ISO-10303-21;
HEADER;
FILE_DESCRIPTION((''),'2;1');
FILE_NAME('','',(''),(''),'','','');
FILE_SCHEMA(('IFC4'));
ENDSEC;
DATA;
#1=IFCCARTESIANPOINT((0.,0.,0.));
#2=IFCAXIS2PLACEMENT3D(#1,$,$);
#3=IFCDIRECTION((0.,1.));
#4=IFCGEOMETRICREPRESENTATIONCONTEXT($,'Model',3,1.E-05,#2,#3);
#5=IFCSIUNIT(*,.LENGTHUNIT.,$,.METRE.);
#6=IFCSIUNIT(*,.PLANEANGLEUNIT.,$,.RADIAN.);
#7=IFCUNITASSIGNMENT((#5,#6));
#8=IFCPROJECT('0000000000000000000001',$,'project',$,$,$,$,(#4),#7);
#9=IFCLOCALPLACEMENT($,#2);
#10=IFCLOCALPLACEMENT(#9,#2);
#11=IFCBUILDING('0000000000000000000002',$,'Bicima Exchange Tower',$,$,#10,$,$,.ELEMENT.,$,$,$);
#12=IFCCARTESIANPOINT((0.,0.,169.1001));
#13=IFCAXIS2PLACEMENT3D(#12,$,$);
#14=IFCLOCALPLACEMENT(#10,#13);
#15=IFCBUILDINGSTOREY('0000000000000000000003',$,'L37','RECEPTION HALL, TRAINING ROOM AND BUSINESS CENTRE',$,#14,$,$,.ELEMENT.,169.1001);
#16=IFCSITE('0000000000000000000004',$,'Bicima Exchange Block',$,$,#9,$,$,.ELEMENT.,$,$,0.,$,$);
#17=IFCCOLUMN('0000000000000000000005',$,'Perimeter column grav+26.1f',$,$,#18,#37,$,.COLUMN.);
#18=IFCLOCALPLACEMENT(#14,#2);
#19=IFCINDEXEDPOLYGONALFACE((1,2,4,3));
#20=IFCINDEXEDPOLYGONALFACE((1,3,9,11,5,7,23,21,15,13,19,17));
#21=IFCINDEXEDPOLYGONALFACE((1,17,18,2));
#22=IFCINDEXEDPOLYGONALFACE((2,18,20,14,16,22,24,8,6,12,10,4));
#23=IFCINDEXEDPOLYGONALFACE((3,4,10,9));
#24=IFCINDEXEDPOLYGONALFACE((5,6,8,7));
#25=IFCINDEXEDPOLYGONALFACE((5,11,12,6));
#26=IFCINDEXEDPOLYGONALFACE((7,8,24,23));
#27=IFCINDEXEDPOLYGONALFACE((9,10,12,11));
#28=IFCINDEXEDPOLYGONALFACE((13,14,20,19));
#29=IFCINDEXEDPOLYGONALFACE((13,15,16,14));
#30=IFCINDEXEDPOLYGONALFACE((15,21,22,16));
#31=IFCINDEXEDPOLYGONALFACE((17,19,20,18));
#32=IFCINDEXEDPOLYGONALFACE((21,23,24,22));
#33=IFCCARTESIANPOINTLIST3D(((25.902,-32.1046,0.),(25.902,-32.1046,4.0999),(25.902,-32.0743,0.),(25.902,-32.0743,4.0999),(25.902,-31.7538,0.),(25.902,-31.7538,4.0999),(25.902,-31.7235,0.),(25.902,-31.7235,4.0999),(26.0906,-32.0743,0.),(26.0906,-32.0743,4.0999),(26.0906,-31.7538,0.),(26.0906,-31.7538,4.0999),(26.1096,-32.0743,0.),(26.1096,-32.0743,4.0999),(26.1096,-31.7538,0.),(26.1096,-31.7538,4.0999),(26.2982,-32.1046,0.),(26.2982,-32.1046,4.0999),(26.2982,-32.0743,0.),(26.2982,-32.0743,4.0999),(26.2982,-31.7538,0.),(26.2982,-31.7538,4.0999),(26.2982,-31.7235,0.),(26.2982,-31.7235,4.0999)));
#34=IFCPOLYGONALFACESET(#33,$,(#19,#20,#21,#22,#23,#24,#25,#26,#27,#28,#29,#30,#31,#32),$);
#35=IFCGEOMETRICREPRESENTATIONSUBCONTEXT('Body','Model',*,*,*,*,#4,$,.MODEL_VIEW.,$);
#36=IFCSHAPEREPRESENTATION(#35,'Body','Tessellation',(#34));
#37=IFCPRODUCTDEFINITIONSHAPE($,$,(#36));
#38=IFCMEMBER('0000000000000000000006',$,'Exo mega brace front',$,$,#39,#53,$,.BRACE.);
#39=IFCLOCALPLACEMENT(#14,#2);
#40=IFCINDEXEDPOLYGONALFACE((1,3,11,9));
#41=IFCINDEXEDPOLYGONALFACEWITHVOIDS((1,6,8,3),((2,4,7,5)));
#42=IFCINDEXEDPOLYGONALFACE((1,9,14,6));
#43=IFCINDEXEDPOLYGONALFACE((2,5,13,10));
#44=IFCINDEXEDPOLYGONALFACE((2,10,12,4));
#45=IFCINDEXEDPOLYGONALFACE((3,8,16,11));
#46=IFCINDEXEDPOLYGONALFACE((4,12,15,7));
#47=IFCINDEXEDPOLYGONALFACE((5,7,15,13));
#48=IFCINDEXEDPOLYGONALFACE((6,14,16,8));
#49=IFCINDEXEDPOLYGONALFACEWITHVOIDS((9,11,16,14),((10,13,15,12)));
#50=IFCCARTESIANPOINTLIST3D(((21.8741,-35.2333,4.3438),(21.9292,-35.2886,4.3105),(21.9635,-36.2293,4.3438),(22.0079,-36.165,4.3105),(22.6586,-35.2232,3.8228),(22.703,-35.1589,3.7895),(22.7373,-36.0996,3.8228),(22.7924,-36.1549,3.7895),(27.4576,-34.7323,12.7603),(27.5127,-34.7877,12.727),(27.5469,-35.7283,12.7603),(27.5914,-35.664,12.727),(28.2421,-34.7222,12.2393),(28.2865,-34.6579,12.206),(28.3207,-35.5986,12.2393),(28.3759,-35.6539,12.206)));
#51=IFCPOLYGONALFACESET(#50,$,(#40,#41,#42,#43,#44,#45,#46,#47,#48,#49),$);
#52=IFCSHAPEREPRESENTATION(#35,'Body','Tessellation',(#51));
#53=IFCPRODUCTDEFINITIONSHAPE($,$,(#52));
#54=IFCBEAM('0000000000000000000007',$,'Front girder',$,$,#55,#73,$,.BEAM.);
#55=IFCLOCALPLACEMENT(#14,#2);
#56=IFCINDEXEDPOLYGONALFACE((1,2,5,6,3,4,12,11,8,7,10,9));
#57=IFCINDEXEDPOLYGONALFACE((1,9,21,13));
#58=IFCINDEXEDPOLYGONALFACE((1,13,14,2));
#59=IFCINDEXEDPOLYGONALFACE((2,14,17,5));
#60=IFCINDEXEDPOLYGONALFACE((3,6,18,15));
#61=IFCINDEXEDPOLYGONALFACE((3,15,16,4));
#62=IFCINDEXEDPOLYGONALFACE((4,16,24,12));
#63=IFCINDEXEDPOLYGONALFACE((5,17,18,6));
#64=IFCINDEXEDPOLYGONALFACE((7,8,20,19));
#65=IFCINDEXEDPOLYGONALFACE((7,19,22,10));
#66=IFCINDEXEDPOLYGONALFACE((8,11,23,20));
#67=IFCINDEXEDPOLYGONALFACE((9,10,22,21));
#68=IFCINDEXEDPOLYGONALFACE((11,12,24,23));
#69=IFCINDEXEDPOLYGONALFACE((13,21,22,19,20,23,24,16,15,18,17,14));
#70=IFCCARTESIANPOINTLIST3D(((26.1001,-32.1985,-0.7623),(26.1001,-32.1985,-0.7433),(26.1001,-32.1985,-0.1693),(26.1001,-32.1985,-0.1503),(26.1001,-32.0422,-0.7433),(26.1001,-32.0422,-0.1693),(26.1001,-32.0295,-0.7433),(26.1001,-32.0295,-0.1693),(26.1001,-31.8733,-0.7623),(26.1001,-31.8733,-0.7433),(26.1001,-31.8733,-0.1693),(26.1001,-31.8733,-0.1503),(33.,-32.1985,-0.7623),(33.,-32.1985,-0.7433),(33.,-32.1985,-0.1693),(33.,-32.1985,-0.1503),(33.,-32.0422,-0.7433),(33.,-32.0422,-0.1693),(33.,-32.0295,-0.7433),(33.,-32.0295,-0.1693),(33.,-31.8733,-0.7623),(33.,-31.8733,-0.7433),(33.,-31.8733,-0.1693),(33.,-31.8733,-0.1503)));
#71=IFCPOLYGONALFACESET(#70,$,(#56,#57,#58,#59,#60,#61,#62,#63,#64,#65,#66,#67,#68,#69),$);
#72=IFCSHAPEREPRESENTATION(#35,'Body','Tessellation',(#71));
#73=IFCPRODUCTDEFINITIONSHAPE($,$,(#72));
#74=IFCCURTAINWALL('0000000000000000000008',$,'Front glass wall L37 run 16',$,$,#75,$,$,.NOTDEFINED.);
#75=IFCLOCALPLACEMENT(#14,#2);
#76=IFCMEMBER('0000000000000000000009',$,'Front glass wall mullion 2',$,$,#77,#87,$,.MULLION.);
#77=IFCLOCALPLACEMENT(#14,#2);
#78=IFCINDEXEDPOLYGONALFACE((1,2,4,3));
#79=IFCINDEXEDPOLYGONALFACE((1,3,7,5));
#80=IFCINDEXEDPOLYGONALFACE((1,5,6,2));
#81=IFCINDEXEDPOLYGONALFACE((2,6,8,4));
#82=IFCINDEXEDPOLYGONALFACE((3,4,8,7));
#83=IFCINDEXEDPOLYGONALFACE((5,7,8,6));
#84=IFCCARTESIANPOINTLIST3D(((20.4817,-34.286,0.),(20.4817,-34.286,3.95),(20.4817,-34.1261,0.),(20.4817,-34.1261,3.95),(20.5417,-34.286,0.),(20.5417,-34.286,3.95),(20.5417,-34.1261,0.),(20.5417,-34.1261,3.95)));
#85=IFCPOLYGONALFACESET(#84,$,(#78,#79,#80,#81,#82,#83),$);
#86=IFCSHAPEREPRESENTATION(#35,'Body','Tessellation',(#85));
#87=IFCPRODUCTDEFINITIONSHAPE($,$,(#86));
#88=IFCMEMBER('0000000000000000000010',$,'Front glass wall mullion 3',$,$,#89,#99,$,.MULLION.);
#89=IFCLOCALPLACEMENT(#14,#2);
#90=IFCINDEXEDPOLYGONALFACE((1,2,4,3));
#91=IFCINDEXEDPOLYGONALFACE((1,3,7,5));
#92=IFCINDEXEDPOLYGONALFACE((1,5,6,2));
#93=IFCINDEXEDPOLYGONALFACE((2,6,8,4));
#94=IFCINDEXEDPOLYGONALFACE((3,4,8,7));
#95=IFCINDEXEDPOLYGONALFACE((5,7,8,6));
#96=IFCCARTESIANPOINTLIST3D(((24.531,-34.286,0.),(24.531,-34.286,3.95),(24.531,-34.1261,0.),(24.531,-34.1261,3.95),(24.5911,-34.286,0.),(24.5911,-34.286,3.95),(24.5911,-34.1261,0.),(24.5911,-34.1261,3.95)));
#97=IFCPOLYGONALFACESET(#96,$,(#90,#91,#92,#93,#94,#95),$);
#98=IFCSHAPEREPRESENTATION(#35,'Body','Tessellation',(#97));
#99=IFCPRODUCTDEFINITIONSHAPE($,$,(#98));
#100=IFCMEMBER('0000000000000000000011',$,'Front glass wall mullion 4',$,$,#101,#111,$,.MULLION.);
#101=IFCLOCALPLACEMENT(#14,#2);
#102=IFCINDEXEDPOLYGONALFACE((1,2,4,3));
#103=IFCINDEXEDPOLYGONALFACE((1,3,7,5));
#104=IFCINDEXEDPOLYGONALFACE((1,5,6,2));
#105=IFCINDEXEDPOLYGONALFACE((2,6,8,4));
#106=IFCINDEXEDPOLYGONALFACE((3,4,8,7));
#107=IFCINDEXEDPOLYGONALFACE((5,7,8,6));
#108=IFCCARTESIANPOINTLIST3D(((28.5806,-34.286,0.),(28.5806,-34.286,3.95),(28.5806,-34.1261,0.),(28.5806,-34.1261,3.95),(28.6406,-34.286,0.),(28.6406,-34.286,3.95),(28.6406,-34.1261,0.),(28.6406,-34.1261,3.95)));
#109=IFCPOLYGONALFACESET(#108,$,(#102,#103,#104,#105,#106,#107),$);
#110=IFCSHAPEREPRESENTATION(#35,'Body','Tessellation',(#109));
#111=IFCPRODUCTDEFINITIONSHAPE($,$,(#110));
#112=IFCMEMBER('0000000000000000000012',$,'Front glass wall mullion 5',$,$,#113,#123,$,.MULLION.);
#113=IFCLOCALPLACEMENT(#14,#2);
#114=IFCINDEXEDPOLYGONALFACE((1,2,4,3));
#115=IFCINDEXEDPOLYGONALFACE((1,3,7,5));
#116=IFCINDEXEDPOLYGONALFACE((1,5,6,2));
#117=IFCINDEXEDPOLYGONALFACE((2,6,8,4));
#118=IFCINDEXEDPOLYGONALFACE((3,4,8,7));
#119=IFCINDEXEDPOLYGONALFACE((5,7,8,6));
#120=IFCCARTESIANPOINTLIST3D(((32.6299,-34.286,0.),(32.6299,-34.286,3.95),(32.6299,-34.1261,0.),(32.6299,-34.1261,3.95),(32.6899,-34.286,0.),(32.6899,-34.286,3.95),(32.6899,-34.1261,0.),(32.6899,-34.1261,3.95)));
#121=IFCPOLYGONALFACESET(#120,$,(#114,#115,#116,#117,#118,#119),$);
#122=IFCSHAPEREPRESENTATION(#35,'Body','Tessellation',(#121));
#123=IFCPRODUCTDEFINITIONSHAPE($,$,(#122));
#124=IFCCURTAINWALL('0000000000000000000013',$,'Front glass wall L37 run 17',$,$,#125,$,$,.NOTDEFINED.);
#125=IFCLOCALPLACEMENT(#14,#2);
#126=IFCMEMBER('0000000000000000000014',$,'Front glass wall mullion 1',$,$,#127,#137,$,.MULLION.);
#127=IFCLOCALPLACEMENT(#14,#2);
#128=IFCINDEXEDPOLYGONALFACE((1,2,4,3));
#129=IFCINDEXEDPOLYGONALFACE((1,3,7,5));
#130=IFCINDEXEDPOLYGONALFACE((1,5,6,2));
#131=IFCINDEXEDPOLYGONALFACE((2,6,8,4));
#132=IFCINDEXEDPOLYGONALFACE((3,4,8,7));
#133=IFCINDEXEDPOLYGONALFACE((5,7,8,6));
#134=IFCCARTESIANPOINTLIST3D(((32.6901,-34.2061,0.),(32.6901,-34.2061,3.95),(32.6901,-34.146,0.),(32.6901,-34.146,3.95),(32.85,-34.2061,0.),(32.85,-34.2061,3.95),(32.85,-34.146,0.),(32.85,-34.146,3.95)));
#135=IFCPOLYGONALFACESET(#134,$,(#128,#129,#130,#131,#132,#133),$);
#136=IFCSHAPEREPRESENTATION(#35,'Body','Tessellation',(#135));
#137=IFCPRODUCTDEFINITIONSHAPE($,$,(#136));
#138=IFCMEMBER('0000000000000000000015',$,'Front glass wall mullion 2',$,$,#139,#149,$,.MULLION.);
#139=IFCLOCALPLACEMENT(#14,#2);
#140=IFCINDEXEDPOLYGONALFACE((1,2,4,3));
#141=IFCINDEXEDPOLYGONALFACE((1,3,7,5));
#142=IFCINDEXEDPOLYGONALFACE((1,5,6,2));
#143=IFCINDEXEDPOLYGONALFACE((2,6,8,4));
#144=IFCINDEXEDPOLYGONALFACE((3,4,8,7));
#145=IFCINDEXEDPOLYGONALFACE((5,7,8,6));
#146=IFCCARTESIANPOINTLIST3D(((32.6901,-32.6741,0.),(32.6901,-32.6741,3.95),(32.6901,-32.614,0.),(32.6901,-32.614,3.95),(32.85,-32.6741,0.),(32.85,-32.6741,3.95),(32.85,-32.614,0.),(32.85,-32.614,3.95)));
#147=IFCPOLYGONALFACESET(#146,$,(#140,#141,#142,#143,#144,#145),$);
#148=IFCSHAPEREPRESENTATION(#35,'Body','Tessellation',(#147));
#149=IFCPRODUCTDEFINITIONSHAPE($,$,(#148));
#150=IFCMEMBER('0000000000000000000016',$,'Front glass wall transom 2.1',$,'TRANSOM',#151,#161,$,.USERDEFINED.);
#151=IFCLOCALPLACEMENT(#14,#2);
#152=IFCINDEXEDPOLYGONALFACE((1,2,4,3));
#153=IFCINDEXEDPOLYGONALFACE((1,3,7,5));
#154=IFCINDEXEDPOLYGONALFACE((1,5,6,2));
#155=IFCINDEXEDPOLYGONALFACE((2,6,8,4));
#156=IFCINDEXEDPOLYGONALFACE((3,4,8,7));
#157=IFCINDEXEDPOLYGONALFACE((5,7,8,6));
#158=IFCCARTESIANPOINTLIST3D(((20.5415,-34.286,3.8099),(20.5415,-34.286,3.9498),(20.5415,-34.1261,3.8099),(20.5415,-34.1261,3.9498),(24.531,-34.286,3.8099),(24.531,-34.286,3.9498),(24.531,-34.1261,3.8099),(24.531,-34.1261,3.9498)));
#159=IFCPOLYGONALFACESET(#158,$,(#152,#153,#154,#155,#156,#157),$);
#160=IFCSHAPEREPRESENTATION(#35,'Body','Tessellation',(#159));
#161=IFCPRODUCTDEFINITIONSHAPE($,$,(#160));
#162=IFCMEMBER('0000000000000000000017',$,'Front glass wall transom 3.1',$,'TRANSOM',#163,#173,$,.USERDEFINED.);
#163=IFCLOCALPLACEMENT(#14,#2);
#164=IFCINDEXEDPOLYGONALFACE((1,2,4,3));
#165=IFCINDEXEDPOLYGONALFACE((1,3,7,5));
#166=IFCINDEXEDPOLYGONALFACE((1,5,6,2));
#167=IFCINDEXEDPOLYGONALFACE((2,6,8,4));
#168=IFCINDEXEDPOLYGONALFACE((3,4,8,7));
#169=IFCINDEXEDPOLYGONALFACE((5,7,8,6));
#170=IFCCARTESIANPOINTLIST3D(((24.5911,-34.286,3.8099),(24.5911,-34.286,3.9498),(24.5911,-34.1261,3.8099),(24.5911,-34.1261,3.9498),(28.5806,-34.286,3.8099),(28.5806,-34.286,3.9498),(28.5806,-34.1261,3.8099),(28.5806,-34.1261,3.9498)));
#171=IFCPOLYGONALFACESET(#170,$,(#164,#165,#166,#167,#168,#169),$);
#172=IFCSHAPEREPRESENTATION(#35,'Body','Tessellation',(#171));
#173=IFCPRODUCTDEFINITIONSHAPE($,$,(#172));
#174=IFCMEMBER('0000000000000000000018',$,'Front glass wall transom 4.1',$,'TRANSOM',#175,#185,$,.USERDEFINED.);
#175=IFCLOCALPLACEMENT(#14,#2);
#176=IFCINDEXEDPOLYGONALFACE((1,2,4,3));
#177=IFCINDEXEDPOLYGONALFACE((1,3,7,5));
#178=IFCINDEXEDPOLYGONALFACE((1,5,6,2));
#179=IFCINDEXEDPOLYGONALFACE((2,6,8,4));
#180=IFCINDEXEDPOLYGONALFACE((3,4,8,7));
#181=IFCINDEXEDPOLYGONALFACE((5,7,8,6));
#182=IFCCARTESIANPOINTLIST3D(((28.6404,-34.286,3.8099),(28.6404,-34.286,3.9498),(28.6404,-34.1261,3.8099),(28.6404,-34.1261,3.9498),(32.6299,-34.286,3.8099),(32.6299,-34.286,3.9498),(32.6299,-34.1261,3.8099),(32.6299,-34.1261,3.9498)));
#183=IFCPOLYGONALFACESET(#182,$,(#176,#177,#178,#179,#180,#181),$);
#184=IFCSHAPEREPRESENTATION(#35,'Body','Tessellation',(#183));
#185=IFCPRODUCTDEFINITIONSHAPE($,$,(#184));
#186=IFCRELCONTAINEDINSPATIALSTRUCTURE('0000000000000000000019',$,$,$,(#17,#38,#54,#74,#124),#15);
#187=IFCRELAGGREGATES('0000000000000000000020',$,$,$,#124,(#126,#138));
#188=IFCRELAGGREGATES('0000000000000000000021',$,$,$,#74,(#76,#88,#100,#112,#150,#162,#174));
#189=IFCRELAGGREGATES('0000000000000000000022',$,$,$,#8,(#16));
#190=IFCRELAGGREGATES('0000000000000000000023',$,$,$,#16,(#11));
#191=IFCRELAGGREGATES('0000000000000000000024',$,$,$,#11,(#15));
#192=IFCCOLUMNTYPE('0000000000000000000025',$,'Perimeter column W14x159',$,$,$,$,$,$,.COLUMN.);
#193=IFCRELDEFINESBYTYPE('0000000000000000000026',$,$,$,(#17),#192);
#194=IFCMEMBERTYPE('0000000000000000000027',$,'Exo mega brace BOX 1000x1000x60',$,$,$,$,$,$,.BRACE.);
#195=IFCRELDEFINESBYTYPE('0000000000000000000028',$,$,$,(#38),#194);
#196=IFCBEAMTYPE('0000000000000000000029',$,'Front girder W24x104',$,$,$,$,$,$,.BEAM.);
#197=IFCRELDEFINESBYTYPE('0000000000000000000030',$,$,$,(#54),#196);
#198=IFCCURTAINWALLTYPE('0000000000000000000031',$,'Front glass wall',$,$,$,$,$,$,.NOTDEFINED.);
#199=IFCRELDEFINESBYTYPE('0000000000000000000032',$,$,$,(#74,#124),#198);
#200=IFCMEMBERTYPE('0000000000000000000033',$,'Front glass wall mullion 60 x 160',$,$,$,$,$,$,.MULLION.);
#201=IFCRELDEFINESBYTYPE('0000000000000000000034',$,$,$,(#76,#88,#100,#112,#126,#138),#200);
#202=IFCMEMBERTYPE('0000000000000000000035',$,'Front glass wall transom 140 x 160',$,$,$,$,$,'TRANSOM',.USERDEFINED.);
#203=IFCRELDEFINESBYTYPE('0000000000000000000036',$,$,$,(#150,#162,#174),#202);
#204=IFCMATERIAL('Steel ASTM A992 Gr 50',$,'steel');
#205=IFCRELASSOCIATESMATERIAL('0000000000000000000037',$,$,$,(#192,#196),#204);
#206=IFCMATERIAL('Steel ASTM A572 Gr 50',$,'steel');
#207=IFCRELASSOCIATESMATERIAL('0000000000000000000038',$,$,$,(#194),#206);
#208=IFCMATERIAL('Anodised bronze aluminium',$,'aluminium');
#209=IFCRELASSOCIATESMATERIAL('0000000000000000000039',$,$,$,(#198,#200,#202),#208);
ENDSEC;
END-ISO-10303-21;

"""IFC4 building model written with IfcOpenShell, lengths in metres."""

from ifc_helpers import new_model, si_unit, direction, frame, origin, origin_2d, place, context, subcontext, project, spatial, rectangle, hollow_rectangle, i_section, extrude, material, material_profile, profile_set, type_object, element, aggregate, save


model = new_model("IFC4")

# Units and contexts
model_context = context("Model", 3, precision=1e-05, world=origin(), true_north=direction((0.0, 1.0)))
body_context = subcontext(model_context, "Body", "Model", "MODEL_VIEW")
ifc_project = project(units=[si_unit("LENGTHUNIT", "METRE"), si_unit("PLANEANGLEUNIT", "RADIAN")], contexts=[model_context])

# Site, building, storey
site_placement = place(None, origin())
site = spatial("IfcSite", under=ifc_project, at=site_placement, Name="Bicima Exchange Block", CompositionType="ELEMENT", RefElevation=0.0)
building_placement = place(site_placement, origin())
building = spatial("IfcBuilding", under=site, at=building_placement, Name="Bicima Exchange Tower", CompositionType="ELEMENT")
storey_placement = place(building_placement, frame((0.0, 0.0, 169.1001)))
storey = spatial("IfcBuildingStorey", under=building, at=storey_placement, Name="L37", Description="RECEPTION HALL, TRAINING ROOM AND BUSINESS CENTRE", CompositionType="ELEMENT", Elevation=169.1001)

# Column
ifc_material_1 = material(Name="Steel ASTM A992 Gr 50", Category="steel")
ifc_material_profile_1 = material_profile(ifc_material_1, i_section(OverallWidth=0.3962, OverallDepth=0.3811, WebThickness=0.019, FlangeThickness=0.0303, at=origin_2d()))
ifc_profile_set_1 = profile_set([ifc_material_profile_1], Name="Steel ASTM A992 Gr 50")
column_type = type_object("IfcColumnType", Name="Perimeter column W14x159", PredefinedType="COLUMN", material=ifc_profile_set_1)
column_placement = place(storey_placement, frame((26.1001, -31.9141, 0.0), z_axis=(0.0, 0.0, 1.0), x_axis=(1.0, 0.0, 0.0)))
element("IfcColumn", 1, at=column_placement, inside=storey, type_object=column_type, Name="Perimeter column grav+26.1f", PredefinedType="COLUMN", context=body_context, shape_type="SweptSolid", body=[
    extrude(i_section(OverallWidth=0.3962, OverallDepth=0.3811, WebThickness=0.019, FlangeThickness=0.0303, at=origin_2d()), origin(), (0.0, 0.0, 1.0), 4.0999),
])

# Member
ifc_material_2 = material(Name="Steel ASTM A572 Gr 50", Category="steel")
ifc_material_profile_2 = material_profile(ifc_material_2, hollow_rectangle(XDim=1.0, YDim=1.0, WallThickness=0.0601, at=origin_2d()))
ifc_profile_set_2 = profile_set([ifc_material_profile_2], Name="Steel ASTM A572 Gr 50")
member_type_1 = type_object("IfcMemberType", Name="Exo mega brace BOX 1000x1000x60", PredefinedType="BRACE", material=ifc_profile_set_2)
member_1_placement = place(storey_placement, frame((22.3333, -35.6941, 4.0667), z_axis=(0.552135, 0.04954, 0.832282), x_axis=(-0.089366, 0.995999, 0.0)))
element("IfcMember", 2, at=member_1_placement, inside=storey, type_object=member_type_1, Name="Exo mega brace front", PredefinedType="BRACE", context=body_context, shape_type="SweptSolid", body=[
    extrude(hollow_rectangle(XDim=1.0, YDim=1.0, WallThickness=0.0601, at=origin_2d()), origin(), (0.0, 0.0, 1.0), 10.1125),
])

# Beam
ifc_material_profile_3 = material_profile(ifc_material_1, i_section(OverallWidth=0.3252, OverallDepth=0.6121, WebThickness=0.0127, FlangeThickness=0.019, at=origin_2d()))
ifc_profile_set_3 = profile_set([ifc_material_profile_3], Name="Steel ASTM A992 Gr 50")
beam_type = type_object("IfcBeamType", Name="Front girder W24x104", PredefinedType="BEAM", material=ifc_profile_set_3)
beam_placement = place(storey_placement, frame((26.1001, -32.0359, -0.4563), z_axis=(1.0, 0.0, 0.0), x_axis=(0.0, 1.0, 0.0)))
element("IfcBeam", 3, at=beam_placement, inside=storey, type_object=beam_type, Name="Front girder", PredefinedType="BEAM", context=body_context, shape_type="SweptSolid", body=[
    extrude(i_section(OverallWidth=0.3252, OverallDepth=0.6121, WebThickness=0.0127, FlangeThickness=0.019, at=origin_2d()), origin(), (0.0, 0.0, 1.0), 6.8999),
])

# Curtain walls, members
ifc_material_3 = material(Name="Anodised bronze aluminium", Category="aluminium")
curtain_wall_type = type_object("IfcCurtainWallType", Name="Front glass wall", PredefinedType="NOTDEFINED", material=ifc_material_3)
curtain_wall_1_placement = place(storey_placement, origin())
curtain_wall_1 = element("IfcCurtainWall", 4, at=curtain_wall_1_placement, inside=storey, type_object=curtain_wall_type, Name="Front glass wall L37 run 16", PredefinedType="NOTDEFINED")
ifc_material_profile_4 = material_profile(ifc_material_3, rectangle(XDim=0.1599, YDim=0.0601, at=origin_2d()))
ifc_profile_set_4 = profile_set([ifc_material_profile_4], Name="Anodised bronze aluminium")
member_type_2 = type_object("IfcMemberType", Name="Front glass wall mullion 60 x 160", PredefinedType="MULLION", material=ifc_profile_set_4)
member_2_placement = place(storey_placement, frame((20.5117, -34.2061, 0.0), z_axis=(0.0, 0.0, 1.0), x_axis=(0.0, 1.0, 0.0)))
member_2 = element("IfcMember", 5, at=member_2_placement, type_object=member_type_2, Name="Front glass wall mullion 2", PredefinedType="MULLION", context=body_context, shape_type="SweptSolid", body=[
    extrude(rectangle(XDim=0.1599, YDim=0.0601, at=origin_2d()), origin(), (0.0, 0.0, 1.0), 3.95),
])
member_3_placement = place(storey_placement, frame((24.561, -34.2061, 0.0), z_axis=(0.0, 0.0, 1.0), x_axis=(0.0, 1.0, 0.0)))
member_3 = element("IfcMember", 6, at=member_3_placement, type_object=member_type_2, Name="Front glass wall mullion 3", PredefinedType="MULLION", context=body_context, shape_type="SweptSolid", body=[
    extrude(rectangle(XDim=0.1599, YDim=0.0601, at=origin_2d()), origin(), (0.0, 0.0, 1.0), 3.95),
])
member_4_placement = place(storey_placement, frame((28.6106, -34.2061, 0.0), z_axis=(0.0, 0.0, 1.0), x_axis=(0.0, 1.0, 0.0)))
member_4 = element("IfcMember", 7, at=member_4_placement, type_object=member_type_2, Name="Front glass wall mullion 4", PredefinedType="MULLION", context=body_context, shape_type="SweptSolid", body=[
    extrude(rectangle(XDim=0.1599, YDim=0.0601, at=origin_2d()), origin(), (0.0, 0.0, 1.0), 3.95),
])
member_5_placement = place(storey_placement, frame((32.6599, -34.2061, 0.0), z_axis=(0.0, 0.0, 1.0), x_axis=(0.0, 1.0, 0.0)))
member_5 = element("IfcMember", 8, at=member_5_placement, type_object=member_type_2, Name="Front glass wall mullion 5", PredefinedType="MULLION", context=body_context, shape_type="SweptSolid", body=[
    extrude(rectangle(XDim=0.1599, YDim=0.0601, at=origin_2d()), origin(), (0.0, 0.0, 1.0), 3.95),
])
curtain_wall_2_placement = place(storey_placement, origin())
curtain_wall_2 = element("IfcCurtainWall", 9, at=curtain_wall_2_placement, inside=storey, type_object=curtain_wall_type, Name="Front glass wall L37 run 17", PredefinedType="NOTDEFINED")
member_6_placement = place(storey_placement, frame((32.77, -34.176, 0.0), z_axis=(0.0, 0.0, 1.0), x_axis=(-1.0, 0.0, 0.0)))
member_6 = element("IfcMember", 10, at=member_6_placement, type_object=member_type_2, Name="Front glass wall mullion 1", PredefinedType="MULLION", context=body_context, shape_type="SweptSolid", body=[
    extrude(rectangle(XDim=0.1599, YDim=0.0601, at=origin_2d()), origin(), (0.0, 0.0, 1.0), 3.95),
])
member_7_placement = place(storey_placement, frame((32.77, -32.644, 0.0), z_axis=(0.0, 0.0, 1.0), x_axis=(-1.0, 0.0, 0.0)))
member_7 = element("IfcMember", 11, at=member_7_placement, type_object=member_type_2, Name="Front glass wall mullion 2", PredefinedType="MULLION", context=body_context, shape_type="SweptSolid", body=[
    extrude(rectangle(XDim=0.1599, YDim=0.0601, at=origin_2d()), origin(), (0.0, 0.0, 1.0), 3.95),
])

# Members
ifc_material_profile_5 = material_profile(ifc_material_3, rectangle(XDim=0.1599, YDim=0.1399, at=origin_2d()))
ifc_profile_set_5 = profile_set([ifc_material_profile_5], Name="Anodised bronze aluminium")
member_type_3 = type_object("IfcMemberType", Name="Front glass wall transom 140 x 160", ElementType="TRANSOM", PredefinedType="USERDEFINED", material=ifc_profile_set_5)
member_8_placement = place(storey_placement, frame((20.5415, -34.2061, 3.8799), z_axis=(1.0, 0.0, 0.0), x_axis=(0.0, 1.0, 0.0)))
member_8 = element("IfcMember", 12, at=member_8_placement, type_object=member_type_3, Name="Front glass wall transom 2.1", ObjectType="TRANSOM", PredefinedType="USERDEFINED", context=body_context, shape_type="SweptSolid", body=[
    extrude(rectangle(XDim=0.1599, YDim=0.1399, at=origin_2d()), origin(), (0.0, 0.0, 1.0), 3.9895),
])
member_9_placement = place(storey_placement, frame((24.5911, -34.2061, 3.8799), z_axis=(1.0, 0.0, 0.0), x_axis=(0.0, 1.0, 0.0)))
member_9 = element("IfcMember", 13, at=member_9_placement, type_object=member_type_3, Name="Front glass wall transom 3.1", ObjectType="TRANSOM", PredefinedType="USERDEFINED", context=body_context, shape_type="SweptSolid", body=[
    extrude(rectangle(XDim=0.1599, YDim=0.1399, at=origin_2d()), origin(), (0.0, 0.0, 1.0), 3.9895),
])
member_10_placement = place(storey_placement, frame((28.6404, -34.2061, 3.8799), z_axis=(1.0, 0.0, 0.0), x_axis=(0.0, 1.0, 0.0)))
member_10 = element("IfcMember", 14, at=member_10_placement, type_object=member_type_3, Name="Front glass wall transom 4.1", ObjectType="TRANSOM", PredefinedType="USERDEFINED", context=body_context, shape_type="SweptSolid", body=[
    extrude(rectangle(XDim=0.1599, YDim=0.1399, at=origin_2d()), origin(), (0.0, 0.0, 1.0), 3.9895),
])

aggregate(curtain_wall_2, [member_6, member_7])
aggregate(curtain_wall_1, [member_2, member_3, member_4, member_5, member_8, member_9, member_10])

save(model, "model.ifc")
